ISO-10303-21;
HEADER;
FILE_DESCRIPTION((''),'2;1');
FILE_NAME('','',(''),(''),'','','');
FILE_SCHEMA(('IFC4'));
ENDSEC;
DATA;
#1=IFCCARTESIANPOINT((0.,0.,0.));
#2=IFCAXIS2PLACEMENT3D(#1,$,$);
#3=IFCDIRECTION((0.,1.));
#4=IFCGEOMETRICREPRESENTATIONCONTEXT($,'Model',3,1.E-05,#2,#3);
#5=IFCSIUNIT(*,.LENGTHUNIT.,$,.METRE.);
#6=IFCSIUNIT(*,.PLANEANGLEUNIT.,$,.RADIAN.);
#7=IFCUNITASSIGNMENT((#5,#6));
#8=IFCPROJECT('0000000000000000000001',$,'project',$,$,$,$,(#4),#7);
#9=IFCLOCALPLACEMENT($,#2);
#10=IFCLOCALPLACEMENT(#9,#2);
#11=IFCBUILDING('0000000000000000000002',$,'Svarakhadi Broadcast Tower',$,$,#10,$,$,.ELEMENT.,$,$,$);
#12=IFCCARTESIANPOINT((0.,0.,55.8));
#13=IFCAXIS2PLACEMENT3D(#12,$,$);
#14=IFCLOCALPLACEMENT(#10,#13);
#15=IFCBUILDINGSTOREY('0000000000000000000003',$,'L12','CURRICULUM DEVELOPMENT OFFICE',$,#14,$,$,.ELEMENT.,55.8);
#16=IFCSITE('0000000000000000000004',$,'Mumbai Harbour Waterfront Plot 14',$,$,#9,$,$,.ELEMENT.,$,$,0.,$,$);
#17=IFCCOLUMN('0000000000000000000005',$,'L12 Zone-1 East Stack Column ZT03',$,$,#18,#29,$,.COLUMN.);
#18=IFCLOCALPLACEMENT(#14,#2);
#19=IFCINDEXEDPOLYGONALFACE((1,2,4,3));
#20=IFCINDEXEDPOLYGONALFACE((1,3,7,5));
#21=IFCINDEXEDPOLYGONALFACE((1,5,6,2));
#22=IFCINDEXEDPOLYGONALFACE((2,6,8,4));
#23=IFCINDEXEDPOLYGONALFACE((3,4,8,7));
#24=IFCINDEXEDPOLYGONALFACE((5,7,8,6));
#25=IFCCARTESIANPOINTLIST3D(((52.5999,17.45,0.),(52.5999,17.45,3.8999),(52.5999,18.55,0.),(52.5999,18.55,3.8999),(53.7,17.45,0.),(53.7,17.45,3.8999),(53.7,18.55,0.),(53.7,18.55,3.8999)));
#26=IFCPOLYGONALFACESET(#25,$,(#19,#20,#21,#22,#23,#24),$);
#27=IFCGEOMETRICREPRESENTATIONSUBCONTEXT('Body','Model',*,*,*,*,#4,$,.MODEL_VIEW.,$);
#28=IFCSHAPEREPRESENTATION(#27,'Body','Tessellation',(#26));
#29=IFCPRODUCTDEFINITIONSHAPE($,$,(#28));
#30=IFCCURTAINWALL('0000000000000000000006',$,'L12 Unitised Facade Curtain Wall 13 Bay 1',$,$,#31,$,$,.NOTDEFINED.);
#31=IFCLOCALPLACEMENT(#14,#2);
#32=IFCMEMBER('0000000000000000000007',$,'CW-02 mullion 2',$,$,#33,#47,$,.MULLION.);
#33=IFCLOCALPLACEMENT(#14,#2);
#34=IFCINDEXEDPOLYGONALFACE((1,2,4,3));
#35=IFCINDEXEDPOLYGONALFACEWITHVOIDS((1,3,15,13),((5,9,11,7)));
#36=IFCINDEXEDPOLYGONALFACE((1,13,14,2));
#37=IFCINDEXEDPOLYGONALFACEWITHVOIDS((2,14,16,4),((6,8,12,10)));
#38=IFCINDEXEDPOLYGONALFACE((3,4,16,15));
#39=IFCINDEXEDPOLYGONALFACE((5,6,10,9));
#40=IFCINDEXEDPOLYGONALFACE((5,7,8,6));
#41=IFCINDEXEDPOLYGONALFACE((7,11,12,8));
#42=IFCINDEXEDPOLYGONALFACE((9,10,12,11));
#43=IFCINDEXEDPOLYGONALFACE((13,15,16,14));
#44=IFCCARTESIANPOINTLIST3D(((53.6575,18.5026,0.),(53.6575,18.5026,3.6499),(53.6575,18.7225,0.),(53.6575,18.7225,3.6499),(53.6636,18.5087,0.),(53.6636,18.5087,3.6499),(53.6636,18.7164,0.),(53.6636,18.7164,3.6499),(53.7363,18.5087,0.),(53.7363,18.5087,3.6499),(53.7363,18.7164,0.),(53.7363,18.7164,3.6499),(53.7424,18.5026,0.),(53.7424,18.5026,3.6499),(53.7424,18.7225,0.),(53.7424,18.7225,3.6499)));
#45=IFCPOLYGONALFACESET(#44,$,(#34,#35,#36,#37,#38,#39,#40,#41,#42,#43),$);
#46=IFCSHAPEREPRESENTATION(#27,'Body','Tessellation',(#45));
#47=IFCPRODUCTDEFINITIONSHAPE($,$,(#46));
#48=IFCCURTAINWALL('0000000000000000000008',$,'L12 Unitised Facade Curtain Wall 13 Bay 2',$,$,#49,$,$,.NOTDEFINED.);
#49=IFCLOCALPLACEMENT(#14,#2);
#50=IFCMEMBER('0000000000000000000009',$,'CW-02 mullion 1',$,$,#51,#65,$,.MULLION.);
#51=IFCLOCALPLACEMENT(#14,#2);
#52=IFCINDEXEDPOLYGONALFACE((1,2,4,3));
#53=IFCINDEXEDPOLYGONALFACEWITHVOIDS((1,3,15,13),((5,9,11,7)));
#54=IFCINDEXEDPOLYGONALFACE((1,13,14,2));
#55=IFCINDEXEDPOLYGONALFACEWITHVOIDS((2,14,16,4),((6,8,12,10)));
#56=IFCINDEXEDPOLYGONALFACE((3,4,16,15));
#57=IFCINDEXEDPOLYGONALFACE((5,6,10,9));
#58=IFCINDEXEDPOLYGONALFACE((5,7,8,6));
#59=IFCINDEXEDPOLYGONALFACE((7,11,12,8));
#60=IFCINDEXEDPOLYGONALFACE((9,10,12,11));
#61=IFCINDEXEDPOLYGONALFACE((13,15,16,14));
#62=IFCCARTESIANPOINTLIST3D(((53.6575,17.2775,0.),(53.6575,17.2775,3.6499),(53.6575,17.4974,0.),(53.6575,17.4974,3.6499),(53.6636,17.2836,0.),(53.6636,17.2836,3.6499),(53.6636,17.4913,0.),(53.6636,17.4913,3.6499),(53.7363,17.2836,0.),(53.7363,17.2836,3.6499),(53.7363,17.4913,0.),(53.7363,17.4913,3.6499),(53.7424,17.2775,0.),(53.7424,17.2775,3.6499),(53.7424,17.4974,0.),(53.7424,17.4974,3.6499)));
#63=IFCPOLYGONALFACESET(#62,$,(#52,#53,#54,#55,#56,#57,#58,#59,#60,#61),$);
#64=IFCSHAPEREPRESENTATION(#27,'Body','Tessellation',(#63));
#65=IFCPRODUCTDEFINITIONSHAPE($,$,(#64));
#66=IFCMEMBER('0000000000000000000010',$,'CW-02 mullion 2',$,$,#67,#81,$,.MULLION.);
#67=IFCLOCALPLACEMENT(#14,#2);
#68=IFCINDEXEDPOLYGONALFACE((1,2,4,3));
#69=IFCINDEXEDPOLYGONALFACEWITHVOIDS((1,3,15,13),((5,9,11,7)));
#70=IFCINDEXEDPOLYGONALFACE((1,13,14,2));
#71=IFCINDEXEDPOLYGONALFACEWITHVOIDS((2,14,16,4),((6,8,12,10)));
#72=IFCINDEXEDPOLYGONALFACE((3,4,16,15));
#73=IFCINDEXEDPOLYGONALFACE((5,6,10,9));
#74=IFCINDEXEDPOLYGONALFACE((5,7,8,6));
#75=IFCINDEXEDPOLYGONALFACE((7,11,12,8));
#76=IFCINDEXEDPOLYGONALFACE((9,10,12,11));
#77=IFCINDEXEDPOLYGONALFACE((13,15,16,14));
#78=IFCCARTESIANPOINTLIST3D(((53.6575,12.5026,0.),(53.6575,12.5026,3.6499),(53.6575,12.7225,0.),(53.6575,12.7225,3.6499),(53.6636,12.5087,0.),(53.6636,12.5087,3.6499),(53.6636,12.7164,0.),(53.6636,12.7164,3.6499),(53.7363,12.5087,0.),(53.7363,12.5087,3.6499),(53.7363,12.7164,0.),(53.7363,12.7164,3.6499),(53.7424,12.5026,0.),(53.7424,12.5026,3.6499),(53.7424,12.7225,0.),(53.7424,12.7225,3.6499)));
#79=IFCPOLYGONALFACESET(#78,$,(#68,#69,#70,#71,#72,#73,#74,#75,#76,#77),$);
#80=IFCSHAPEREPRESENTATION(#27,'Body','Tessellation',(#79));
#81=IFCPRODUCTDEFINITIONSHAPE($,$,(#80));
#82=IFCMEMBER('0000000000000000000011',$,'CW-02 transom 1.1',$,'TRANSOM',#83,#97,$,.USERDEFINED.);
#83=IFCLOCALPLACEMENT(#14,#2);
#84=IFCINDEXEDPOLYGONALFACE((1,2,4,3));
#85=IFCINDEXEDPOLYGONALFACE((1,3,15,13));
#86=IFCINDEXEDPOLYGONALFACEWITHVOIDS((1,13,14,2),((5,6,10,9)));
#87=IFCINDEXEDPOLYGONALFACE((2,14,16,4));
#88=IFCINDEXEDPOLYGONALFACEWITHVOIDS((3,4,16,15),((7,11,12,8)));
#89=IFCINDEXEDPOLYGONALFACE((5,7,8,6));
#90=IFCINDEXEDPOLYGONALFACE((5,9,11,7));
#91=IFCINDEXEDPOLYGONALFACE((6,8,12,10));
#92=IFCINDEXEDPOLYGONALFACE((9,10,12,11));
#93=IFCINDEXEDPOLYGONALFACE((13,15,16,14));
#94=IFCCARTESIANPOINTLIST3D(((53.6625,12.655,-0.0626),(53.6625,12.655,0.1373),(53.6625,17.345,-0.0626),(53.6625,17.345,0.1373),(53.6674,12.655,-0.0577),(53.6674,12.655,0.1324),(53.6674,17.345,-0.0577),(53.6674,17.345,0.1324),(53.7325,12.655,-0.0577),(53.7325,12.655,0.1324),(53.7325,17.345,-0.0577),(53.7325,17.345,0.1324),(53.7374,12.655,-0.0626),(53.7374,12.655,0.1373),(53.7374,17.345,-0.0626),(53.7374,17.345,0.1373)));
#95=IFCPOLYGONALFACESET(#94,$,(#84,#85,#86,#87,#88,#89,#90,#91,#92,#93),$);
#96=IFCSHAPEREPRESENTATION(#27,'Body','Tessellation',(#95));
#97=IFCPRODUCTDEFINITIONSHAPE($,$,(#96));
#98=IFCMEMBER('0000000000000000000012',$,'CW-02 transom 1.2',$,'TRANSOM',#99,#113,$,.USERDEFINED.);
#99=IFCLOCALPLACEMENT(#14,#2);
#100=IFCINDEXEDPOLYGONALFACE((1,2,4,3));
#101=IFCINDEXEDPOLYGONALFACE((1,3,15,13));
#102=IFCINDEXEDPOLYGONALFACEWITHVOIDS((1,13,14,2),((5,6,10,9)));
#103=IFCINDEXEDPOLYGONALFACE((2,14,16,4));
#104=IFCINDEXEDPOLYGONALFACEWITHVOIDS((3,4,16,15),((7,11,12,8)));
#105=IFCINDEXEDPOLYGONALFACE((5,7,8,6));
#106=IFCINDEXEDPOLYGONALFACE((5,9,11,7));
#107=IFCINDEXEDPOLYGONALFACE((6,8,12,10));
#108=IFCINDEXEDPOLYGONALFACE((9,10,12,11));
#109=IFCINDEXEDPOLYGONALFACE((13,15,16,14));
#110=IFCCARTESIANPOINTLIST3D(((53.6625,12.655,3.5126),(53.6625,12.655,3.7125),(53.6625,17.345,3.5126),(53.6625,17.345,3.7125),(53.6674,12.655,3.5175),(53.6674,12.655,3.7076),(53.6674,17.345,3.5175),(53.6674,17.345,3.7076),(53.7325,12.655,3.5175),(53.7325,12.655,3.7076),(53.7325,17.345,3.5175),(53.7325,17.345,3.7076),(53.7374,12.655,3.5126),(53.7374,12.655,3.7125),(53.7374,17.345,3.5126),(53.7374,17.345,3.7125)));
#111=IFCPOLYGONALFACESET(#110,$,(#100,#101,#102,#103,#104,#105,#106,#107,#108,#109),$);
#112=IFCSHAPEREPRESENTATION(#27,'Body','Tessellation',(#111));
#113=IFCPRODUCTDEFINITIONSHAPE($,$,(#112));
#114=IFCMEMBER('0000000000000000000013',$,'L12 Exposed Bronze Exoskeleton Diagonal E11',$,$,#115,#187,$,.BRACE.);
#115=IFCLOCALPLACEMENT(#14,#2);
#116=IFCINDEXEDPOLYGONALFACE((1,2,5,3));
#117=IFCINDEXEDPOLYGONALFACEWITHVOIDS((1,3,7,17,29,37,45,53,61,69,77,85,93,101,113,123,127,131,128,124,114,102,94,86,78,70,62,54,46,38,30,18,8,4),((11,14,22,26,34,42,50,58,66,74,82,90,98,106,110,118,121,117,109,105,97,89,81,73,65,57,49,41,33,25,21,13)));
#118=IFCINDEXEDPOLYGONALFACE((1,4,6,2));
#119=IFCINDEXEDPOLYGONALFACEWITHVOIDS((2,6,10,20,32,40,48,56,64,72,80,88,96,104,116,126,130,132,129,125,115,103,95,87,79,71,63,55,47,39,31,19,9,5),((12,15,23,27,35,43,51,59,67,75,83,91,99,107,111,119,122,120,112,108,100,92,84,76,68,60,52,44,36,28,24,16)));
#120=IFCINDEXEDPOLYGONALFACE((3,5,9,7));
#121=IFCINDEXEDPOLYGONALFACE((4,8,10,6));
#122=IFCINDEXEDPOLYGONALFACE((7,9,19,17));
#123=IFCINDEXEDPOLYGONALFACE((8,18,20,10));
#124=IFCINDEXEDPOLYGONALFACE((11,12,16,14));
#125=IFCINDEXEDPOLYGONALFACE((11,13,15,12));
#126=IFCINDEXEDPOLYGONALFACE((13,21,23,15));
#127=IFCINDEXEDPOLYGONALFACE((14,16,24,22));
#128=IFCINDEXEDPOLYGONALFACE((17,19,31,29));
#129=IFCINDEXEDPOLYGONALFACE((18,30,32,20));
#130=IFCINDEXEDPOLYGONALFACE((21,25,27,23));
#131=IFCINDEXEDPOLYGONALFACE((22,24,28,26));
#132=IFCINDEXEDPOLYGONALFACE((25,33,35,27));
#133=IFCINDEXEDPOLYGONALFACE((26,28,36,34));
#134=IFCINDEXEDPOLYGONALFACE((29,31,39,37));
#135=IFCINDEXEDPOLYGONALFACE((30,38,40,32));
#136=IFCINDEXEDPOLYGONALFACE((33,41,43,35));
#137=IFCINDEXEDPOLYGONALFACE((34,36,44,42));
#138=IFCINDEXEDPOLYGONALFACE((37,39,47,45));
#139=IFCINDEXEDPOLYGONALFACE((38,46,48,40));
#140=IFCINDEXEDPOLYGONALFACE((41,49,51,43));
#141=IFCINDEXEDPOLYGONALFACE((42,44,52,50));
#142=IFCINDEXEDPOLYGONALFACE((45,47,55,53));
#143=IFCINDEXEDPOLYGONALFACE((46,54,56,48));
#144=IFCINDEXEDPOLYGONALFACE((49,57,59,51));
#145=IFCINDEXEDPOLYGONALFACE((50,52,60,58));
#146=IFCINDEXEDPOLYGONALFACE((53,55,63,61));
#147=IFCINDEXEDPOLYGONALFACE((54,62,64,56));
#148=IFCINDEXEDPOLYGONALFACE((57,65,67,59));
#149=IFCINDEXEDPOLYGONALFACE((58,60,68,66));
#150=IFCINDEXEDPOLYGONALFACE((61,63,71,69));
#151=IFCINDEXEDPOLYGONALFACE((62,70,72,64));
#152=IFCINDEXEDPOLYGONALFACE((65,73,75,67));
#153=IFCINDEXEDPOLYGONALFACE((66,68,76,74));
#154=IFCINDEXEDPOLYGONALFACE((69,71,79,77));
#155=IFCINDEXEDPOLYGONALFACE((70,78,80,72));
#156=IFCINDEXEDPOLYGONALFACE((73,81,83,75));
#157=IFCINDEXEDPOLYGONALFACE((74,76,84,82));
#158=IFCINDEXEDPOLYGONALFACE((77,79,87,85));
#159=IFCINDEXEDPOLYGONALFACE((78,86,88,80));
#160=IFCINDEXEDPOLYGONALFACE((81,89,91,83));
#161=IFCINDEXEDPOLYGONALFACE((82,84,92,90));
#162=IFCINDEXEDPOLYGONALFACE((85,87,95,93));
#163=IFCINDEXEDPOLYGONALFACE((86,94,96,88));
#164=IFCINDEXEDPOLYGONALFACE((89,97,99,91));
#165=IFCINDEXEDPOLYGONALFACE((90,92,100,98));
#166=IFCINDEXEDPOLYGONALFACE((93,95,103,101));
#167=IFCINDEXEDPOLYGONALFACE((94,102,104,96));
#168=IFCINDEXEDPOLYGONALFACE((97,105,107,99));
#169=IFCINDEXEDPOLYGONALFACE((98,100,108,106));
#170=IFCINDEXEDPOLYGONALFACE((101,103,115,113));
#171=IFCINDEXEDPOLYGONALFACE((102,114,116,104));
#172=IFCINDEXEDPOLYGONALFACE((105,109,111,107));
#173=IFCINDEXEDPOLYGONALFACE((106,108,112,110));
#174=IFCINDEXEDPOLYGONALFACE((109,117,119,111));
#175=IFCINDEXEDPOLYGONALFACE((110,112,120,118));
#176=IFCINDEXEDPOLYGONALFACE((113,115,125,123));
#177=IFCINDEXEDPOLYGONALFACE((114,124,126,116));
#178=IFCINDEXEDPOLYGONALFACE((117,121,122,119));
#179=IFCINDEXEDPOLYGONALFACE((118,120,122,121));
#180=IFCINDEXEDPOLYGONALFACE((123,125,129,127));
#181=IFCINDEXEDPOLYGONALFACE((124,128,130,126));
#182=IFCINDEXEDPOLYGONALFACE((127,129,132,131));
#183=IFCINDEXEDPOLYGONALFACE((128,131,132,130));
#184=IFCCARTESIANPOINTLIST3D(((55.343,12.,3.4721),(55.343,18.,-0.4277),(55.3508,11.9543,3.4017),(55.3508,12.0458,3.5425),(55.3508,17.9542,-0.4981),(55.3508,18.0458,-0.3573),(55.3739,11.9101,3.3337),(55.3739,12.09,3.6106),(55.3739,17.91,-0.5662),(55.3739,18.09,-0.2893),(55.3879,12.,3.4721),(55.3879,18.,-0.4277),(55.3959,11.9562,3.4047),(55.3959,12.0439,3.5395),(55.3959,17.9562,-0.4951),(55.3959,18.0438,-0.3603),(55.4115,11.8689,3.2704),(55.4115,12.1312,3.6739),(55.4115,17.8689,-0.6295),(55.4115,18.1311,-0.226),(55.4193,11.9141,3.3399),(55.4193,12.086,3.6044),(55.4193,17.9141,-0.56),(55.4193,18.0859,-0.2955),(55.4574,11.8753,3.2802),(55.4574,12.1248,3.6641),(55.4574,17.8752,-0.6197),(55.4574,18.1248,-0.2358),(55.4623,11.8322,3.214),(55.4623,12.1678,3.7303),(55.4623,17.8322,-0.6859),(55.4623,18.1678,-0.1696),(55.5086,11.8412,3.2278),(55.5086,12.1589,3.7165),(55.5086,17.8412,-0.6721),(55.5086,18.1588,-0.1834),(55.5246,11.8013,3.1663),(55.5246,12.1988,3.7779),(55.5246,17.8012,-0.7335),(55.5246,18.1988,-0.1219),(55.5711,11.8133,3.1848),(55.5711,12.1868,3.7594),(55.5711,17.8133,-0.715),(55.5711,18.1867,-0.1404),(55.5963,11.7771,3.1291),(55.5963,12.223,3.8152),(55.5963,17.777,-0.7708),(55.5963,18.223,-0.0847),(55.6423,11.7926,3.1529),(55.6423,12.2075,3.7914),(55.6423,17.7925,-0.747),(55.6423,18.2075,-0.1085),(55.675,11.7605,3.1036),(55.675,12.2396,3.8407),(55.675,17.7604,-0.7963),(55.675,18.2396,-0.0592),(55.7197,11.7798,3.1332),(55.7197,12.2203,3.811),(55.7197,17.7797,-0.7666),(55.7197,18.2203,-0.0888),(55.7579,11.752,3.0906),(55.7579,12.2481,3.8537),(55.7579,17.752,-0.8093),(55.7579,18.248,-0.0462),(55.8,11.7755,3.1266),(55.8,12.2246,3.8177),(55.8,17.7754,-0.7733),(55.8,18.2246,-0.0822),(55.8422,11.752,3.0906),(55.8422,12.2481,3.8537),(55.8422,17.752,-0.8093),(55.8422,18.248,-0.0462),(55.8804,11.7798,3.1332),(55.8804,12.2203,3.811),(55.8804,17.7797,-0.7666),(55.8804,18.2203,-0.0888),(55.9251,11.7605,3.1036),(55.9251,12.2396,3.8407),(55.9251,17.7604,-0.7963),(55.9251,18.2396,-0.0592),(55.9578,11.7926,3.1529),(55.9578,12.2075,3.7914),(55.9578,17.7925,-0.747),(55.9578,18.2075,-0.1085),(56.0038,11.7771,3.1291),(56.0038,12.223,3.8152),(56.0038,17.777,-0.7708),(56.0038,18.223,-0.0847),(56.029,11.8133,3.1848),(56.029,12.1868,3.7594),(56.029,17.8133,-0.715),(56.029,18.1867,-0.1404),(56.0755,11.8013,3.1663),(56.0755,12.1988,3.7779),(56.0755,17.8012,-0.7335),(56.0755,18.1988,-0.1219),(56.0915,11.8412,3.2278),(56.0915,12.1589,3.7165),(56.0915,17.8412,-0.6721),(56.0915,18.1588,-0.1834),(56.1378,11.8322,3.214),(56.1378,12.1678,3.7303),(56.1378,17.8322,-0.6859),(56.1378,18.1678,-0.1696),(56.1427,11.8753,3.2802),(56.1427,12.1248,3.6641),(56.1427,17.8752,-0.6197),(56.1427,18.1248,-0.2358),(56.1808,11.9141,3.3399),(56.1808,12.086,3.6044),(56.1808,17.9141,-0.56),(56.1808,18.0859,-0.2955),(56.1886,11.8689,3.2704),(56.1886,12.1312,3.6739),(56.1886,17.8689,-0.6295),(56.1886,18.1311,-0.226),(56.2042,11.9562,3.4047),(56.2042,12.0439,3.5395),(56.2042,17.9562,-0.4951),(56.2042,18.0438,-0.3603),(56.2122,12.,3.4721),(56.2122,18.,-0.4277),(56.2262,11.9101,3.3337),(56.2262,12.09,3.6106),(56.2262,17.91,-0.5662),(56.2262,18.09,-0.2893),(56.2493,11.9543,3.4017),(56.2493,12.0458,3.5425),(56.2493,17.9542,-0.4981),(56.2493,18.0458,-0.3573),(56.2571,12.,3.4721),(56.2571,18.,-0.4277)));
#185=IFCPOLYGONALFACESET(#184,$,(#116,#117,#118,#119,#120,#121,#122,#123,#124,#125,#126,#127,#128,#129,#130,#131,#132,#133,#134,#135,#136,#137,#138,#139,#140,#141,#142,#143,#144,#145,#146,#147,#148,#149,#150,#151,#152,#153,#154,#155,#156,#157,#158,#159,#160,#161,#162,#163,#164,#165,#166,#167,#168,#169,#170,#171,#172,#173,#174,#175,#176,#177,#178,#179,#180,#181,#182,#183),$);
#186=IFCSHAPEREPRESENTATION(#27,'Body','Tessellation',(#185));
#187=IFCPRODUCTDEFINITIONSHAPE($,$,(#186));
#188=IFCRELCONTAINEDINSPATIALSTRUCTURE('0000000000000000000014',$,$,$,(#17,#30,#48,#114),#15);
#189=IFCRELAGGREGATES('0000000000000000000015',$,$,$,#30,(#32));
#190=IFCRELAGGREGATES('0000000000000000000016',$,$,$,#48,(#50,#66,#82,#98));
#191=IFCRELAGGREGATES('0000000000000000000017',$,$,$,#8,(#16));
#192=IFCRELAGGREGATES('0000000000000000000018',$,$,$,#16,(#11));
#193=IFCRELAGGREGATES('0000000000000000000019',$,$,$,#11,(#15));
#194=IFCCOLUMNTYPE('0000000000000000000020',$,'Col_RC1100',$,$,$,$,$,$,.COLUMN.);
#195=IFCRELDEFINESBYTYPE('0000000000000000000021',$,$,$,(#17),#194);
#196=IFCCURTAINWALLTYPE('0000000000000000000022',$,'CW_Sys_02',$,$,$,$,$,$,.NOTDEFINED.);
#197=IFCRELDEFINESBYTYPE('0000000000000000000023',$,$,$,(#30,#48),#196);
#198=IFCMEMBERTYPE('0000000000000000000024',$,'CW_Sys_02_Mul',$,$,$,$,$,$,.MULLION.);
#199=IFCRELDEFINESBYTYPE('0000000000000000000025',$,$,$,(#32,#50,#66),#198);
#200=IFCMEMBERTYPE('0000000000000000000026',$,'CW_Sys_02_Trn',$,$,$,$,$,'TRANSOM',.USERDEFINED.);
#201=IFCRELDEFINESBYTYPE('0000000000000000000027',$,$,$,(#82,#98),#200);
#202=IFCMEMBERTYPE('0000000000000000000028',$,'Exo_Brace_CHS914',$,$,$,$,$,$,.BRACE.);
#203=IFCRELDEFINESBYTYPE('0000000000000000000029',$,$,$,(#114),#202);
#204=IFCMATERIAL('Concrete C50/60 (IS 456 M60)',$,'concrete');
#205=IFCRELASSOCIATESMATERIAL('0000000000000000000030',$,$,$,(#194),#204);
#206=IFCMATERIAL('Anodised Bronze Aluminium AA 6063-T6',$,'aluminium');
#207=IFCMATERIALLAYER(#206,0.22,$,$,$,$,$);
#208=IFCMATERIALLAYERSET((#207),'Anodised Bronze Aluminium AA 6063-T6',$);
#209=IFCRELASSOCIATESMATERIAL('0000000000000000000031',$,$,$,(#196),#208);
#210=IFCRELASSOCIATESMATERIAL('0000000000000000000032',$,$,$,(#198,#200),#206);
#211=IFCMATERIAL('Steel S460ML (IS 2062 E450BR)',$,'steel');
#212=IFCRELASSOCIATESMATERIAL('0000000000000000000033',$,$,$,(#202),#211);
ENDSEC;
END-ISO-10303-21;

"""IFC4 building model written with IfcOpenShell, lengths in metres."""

from ifc_helpers import new_model, si_unit, direction, frame, origin, origin_2d, place, context, subcontext, project, spatial, rectangle, hollow_rectangle, hollow_circle, extrude, material, layer, layer_set, material_profile, profile_set, type_object, element, aggregate, save


model = new_model("IFC4")

# Units and contexts
model_context = context("Model", 3, precision=1e-05, world=origin(), true_north=direction((0.0, 1.0)))
body_context = subcontext(model_context, "Body", "Model", "MODEL_VIEW")
ifc_project = project(units=[si_unit("LENGTHUNIT", "METRE"), si_unit("PLANEANGLEUNIT", "RADIAN")], contexts=[model_context])

# Site, building, storey
site_placement = place(None, origin())
site = spatial("IfcSite", under=ifc_project, at=site_placement, Name="Mumbai Harbour Waterfront Plot 14", CompositionType="ELEMENT", RefElevation=0.0)
building_placement = place(site_placement, origin())
building = spatial("IfcBuilding", under=site, at=building_placement, Name="Svarakhadi Broadcast Tower", CompositionType="ELEMENT")
storey_placement = place(building_placement, frame((0.0, 0.0, 55.8)))
storey = spatial("IfcBuildingStorey", under=building, at=storey_placement, Name="L12", Description="CURRICULUM DEVELOPMENT OFFICE", CompositionType="ELEMENT", Elevation=55.8)

# Column
ifc_material_1 = material(Name="Concrete C50/60 (IS 456 M60)", Category="concrete")
ifc_material_profile_1 = material_profile(ifc_material_1, rectangle(XDim=1.1001, YDim=1.1001, at=origin_2d()), Name="RC 1100x1100")
ifc_profile_set_1 = profile_set([ifc_material_profile_1], Name="Concrete C50/60 (IS 456 M60)")
column_type = type_object("IfcColumnType", Name="Col_RC1100", PredefinedType="COLUMN", material=ifc_profile_set_1)
column_placement = place(storey_placement, frame((53.1499, 18.0, 0.0), z_axis=(0.0, 0.0, 1.0), x_axis=(1.0, 0.0, 0.0)))
element("IfcColumn", 1, at=column_placement, inside=storey, type_object=column_type, Name="L12 Zone-1 East Stack Column ZT03", PredefinedType="COLUMN", context=body_context, shape_type="SweptSolid", body=[
    extrude(rectangle(XDim=1.1001, YDim=1.1001, at=origin_2d()), origin(), (0.0, 0.0, 1.0), 3.8999),
])

# Curtain wall, member
ifc_material_2 = material(Name="Anodised Bronze Aluminium AA 6063-T6", Category="aluminium")
ifc_layer_1 = layer(ifc_material_2, 0.22)
ifc_layer_set_1 = layer_set([ifc_layer_1], Name="Anodised Bronze Aluminium AA 6063-T6")
curtain_wall_type = type_object("IfcCurtainWallType", Name="CW_Sys_02", PredefinedType="NOTDEFINED", material=ifc_layer_set_1)
curtain_wall_1_placement = place(storey_placement, origin())
curtain_wall_1 = element("IfcCurtainWall", 2, at=curtain_wall_1_placement, inside=storey, type_object=curtain_wall_type, Name="L12 Unitised Facade Curtain Wall 13 Bay 1", PredefinedType="NOTDEFINED")
ifc_material_profile_2 = material_profile(ifc_material_2, hollow_rectangle(XDim=0.085, YDim=0.22, WallThickness=0.0061, at=origin_2d()), Name="ALU MULLION 220x85x6")
ifc_profile_set_2 = profile_set([ifc_material_profile_2], Name="Anodised Bronze Aluminium AA 6063-T6")
member_type_1 = type_object("IfcMemberType", Name="CW_Sys_02_Mul", PredefinedType="MULLION", material=ifc_profile_set_2)
member_1_placement = place(storey_placement, frame((53.7, 18.6125, 0.0), z_axis=(0.0, 0.0, 1.0), x_axis=(1.0, 0.0, 0.0)))
member_1 = element("IfcMember", 3, at=member_1_placement, type_object=member_type_1, Name="CW-02 mullion 2", PredefinedType="MULLION", context=body_context, shape_type="SweptSolid", body=[
    extrude(hollow_rectangle(XDim=0.085, YDim=0.22, WallThickness=0.0061, at=origin_2d()), origin(), (0.0, 0.0, 1.0), 3.6499),
])

# Curtain wall, members
curtain_wall_2_placement = place(storey_placement, origin())
curtain_wall_2 = element("IfcCurtainWall", 4, at=curtain_wall_2_placement, inside=storey, type_object=curtain_wall_type, Name="L12 Unitised Facade Curtain Wall 13 Bay 2", PredefinedType="NOTDEFINED")
member_2_placement = place(storey_placement, frame((53.7, 17.3875, 0.0), z_axis=(0.0, 0.0, 1.0), x_axis=(1.0, 0.0, 0.0)))
member_2 = element("IfcMember", 5, at=member_2_placement, type_object=member_type_1, Name="CW-02 mullion 1", PredefinedType="MULLION", context=body_context, shape_type="SweptSolid", body=[
    extrude(hollow_rectangle(XDim=0.085, YDim=0.22, WallThickness=0.0061, at=origin_2d()), origin(), (0.0, 0.0, 1.0), 3.6499),
])
member_3_placement = place(storey_placement, frame((53.7, 12.6125, 0.0), z_axis=(0.0, 0.0, 1.0), x_axis=(1.0, 0.0, 0.0)))
member_3 = element("IfcMember", 6, at=member_3_placement, type_object=member_type_1, Name="CW-02 mullion 2", PredefinedType="MULLION", context=body_context, shape_type="SweptSolid", body=[
    extrude(hollow_rectangle(XDim=0.085, YDim=0.22, WallThickness=0.0061, at=origin_2d()), origin(), (0.0, 0.0, 1.0), 3.6499),
])
ifc_material_profile_3 = material_profile(ifc_material_2, hollow_rectangle(XDim=0.075, YDim=0.2, WallThickness=0.0049, at=origin_2d()), Name="ALU TRANSOM 200x75x5")
ifc_profile_set_3 = profile_set([ifc_material_profile_3], Name="Anodised Bronze Aluminium AA 6063-T6")
member_type_2 = type_object("IfcMemberType", Name="CW_Sys_02_Trn", ElementType="TRANSOM", PredefinedType="USERDEFINED", material=ifc_profile_set_3)
member_4_placement = place(storey_placement, frame((53.7, 17.345, 0.0374), z_axis=(0.0, -1.0, 0.0), x_axis=(1.0, 0.0, 0.0)))
member_4 = element("IfcMember", 7, at=member_4_placement, type_object=member_type_2, Name="CW-02 transom 1.1", ObjectType="TRANSOM", PredefinedType="USERDEFINED", context=body_context, shape_type="SweptSolid", body=[
    extrude(hollow_rectangle(XDim=0.075, YDim=0.2, WallThickness=0.0049, at=origin_2d()), origin(), (0.0, 0.0, 1.0), 4.6899),
])
member_5_placement = place(storey_placement, frame((53.7, 17.345, 3.6125), z_axis=(0.0, -1.0, 0.0), x_axis=(1.0, 0.0, 0.0)))
member_5 = element("IfcMember", 8, at=member_5_placement, type_object=member_type_2, Name="CW-02 transom 1.2", ObjectType="TRANSOM", PredefinedType="USERDEFINED", context=body_context, shape_type="SweptSolid", body=[
    extrude(hollow_rectangle(XDim=0.075, YDim=0.2, WallThickness=0.0049, at=origin_2d()), origin(), (0.0, 0.0, 1.0), 4.6899),
])

# Member
ifc_material_3 = material(Name="Steel S460ML (IS 2062 E450BR)", Category="steel")
ifc_material_profile_4 = material_profile(ifc_material_3, hollow_circle(Radius=0.457, WallThickness=0.0449, at=origin_2d()), Name="CHS 914x45")
ifc_profile_set_4 = profile_set([ifc_material_profile_4], Name="Steel S460ML (IS 2062 E450BR)")
member_type_3 = type_object("IfcMemberType", Name="Exo_Brace_CHS914", PredefinedType="BRACE", material=ifc_profile_set_4)
member_6_placement = place(storey_placement, frame((55.8, 18.0, -0.4277), z_axis=(0.0, -0.83845, 0.544979), x_axis=(1.0, 0.0, 0.0)))
element("IfcMember", 9, at=member_6_placement, inside=storey, type_object=member_type_3, Name="L12 Exposed Bronze Exoskeleton Diagonal E11", PredefinedType="BRACE", context=body_context, shape_type="SweptSolid", body=[
    extrude(hollow_circle(Radius=0.457, WallThickness=0.0449, at=origin_2d()), origin(), (0.0, 0.0, 1.0), 7.156),
])

aggregate(curtain_wall_1, [member_1])
aggregate(curtain_wall_2, [member_2, member_3, member_4, member_5])

save(model, "model.ifc")
